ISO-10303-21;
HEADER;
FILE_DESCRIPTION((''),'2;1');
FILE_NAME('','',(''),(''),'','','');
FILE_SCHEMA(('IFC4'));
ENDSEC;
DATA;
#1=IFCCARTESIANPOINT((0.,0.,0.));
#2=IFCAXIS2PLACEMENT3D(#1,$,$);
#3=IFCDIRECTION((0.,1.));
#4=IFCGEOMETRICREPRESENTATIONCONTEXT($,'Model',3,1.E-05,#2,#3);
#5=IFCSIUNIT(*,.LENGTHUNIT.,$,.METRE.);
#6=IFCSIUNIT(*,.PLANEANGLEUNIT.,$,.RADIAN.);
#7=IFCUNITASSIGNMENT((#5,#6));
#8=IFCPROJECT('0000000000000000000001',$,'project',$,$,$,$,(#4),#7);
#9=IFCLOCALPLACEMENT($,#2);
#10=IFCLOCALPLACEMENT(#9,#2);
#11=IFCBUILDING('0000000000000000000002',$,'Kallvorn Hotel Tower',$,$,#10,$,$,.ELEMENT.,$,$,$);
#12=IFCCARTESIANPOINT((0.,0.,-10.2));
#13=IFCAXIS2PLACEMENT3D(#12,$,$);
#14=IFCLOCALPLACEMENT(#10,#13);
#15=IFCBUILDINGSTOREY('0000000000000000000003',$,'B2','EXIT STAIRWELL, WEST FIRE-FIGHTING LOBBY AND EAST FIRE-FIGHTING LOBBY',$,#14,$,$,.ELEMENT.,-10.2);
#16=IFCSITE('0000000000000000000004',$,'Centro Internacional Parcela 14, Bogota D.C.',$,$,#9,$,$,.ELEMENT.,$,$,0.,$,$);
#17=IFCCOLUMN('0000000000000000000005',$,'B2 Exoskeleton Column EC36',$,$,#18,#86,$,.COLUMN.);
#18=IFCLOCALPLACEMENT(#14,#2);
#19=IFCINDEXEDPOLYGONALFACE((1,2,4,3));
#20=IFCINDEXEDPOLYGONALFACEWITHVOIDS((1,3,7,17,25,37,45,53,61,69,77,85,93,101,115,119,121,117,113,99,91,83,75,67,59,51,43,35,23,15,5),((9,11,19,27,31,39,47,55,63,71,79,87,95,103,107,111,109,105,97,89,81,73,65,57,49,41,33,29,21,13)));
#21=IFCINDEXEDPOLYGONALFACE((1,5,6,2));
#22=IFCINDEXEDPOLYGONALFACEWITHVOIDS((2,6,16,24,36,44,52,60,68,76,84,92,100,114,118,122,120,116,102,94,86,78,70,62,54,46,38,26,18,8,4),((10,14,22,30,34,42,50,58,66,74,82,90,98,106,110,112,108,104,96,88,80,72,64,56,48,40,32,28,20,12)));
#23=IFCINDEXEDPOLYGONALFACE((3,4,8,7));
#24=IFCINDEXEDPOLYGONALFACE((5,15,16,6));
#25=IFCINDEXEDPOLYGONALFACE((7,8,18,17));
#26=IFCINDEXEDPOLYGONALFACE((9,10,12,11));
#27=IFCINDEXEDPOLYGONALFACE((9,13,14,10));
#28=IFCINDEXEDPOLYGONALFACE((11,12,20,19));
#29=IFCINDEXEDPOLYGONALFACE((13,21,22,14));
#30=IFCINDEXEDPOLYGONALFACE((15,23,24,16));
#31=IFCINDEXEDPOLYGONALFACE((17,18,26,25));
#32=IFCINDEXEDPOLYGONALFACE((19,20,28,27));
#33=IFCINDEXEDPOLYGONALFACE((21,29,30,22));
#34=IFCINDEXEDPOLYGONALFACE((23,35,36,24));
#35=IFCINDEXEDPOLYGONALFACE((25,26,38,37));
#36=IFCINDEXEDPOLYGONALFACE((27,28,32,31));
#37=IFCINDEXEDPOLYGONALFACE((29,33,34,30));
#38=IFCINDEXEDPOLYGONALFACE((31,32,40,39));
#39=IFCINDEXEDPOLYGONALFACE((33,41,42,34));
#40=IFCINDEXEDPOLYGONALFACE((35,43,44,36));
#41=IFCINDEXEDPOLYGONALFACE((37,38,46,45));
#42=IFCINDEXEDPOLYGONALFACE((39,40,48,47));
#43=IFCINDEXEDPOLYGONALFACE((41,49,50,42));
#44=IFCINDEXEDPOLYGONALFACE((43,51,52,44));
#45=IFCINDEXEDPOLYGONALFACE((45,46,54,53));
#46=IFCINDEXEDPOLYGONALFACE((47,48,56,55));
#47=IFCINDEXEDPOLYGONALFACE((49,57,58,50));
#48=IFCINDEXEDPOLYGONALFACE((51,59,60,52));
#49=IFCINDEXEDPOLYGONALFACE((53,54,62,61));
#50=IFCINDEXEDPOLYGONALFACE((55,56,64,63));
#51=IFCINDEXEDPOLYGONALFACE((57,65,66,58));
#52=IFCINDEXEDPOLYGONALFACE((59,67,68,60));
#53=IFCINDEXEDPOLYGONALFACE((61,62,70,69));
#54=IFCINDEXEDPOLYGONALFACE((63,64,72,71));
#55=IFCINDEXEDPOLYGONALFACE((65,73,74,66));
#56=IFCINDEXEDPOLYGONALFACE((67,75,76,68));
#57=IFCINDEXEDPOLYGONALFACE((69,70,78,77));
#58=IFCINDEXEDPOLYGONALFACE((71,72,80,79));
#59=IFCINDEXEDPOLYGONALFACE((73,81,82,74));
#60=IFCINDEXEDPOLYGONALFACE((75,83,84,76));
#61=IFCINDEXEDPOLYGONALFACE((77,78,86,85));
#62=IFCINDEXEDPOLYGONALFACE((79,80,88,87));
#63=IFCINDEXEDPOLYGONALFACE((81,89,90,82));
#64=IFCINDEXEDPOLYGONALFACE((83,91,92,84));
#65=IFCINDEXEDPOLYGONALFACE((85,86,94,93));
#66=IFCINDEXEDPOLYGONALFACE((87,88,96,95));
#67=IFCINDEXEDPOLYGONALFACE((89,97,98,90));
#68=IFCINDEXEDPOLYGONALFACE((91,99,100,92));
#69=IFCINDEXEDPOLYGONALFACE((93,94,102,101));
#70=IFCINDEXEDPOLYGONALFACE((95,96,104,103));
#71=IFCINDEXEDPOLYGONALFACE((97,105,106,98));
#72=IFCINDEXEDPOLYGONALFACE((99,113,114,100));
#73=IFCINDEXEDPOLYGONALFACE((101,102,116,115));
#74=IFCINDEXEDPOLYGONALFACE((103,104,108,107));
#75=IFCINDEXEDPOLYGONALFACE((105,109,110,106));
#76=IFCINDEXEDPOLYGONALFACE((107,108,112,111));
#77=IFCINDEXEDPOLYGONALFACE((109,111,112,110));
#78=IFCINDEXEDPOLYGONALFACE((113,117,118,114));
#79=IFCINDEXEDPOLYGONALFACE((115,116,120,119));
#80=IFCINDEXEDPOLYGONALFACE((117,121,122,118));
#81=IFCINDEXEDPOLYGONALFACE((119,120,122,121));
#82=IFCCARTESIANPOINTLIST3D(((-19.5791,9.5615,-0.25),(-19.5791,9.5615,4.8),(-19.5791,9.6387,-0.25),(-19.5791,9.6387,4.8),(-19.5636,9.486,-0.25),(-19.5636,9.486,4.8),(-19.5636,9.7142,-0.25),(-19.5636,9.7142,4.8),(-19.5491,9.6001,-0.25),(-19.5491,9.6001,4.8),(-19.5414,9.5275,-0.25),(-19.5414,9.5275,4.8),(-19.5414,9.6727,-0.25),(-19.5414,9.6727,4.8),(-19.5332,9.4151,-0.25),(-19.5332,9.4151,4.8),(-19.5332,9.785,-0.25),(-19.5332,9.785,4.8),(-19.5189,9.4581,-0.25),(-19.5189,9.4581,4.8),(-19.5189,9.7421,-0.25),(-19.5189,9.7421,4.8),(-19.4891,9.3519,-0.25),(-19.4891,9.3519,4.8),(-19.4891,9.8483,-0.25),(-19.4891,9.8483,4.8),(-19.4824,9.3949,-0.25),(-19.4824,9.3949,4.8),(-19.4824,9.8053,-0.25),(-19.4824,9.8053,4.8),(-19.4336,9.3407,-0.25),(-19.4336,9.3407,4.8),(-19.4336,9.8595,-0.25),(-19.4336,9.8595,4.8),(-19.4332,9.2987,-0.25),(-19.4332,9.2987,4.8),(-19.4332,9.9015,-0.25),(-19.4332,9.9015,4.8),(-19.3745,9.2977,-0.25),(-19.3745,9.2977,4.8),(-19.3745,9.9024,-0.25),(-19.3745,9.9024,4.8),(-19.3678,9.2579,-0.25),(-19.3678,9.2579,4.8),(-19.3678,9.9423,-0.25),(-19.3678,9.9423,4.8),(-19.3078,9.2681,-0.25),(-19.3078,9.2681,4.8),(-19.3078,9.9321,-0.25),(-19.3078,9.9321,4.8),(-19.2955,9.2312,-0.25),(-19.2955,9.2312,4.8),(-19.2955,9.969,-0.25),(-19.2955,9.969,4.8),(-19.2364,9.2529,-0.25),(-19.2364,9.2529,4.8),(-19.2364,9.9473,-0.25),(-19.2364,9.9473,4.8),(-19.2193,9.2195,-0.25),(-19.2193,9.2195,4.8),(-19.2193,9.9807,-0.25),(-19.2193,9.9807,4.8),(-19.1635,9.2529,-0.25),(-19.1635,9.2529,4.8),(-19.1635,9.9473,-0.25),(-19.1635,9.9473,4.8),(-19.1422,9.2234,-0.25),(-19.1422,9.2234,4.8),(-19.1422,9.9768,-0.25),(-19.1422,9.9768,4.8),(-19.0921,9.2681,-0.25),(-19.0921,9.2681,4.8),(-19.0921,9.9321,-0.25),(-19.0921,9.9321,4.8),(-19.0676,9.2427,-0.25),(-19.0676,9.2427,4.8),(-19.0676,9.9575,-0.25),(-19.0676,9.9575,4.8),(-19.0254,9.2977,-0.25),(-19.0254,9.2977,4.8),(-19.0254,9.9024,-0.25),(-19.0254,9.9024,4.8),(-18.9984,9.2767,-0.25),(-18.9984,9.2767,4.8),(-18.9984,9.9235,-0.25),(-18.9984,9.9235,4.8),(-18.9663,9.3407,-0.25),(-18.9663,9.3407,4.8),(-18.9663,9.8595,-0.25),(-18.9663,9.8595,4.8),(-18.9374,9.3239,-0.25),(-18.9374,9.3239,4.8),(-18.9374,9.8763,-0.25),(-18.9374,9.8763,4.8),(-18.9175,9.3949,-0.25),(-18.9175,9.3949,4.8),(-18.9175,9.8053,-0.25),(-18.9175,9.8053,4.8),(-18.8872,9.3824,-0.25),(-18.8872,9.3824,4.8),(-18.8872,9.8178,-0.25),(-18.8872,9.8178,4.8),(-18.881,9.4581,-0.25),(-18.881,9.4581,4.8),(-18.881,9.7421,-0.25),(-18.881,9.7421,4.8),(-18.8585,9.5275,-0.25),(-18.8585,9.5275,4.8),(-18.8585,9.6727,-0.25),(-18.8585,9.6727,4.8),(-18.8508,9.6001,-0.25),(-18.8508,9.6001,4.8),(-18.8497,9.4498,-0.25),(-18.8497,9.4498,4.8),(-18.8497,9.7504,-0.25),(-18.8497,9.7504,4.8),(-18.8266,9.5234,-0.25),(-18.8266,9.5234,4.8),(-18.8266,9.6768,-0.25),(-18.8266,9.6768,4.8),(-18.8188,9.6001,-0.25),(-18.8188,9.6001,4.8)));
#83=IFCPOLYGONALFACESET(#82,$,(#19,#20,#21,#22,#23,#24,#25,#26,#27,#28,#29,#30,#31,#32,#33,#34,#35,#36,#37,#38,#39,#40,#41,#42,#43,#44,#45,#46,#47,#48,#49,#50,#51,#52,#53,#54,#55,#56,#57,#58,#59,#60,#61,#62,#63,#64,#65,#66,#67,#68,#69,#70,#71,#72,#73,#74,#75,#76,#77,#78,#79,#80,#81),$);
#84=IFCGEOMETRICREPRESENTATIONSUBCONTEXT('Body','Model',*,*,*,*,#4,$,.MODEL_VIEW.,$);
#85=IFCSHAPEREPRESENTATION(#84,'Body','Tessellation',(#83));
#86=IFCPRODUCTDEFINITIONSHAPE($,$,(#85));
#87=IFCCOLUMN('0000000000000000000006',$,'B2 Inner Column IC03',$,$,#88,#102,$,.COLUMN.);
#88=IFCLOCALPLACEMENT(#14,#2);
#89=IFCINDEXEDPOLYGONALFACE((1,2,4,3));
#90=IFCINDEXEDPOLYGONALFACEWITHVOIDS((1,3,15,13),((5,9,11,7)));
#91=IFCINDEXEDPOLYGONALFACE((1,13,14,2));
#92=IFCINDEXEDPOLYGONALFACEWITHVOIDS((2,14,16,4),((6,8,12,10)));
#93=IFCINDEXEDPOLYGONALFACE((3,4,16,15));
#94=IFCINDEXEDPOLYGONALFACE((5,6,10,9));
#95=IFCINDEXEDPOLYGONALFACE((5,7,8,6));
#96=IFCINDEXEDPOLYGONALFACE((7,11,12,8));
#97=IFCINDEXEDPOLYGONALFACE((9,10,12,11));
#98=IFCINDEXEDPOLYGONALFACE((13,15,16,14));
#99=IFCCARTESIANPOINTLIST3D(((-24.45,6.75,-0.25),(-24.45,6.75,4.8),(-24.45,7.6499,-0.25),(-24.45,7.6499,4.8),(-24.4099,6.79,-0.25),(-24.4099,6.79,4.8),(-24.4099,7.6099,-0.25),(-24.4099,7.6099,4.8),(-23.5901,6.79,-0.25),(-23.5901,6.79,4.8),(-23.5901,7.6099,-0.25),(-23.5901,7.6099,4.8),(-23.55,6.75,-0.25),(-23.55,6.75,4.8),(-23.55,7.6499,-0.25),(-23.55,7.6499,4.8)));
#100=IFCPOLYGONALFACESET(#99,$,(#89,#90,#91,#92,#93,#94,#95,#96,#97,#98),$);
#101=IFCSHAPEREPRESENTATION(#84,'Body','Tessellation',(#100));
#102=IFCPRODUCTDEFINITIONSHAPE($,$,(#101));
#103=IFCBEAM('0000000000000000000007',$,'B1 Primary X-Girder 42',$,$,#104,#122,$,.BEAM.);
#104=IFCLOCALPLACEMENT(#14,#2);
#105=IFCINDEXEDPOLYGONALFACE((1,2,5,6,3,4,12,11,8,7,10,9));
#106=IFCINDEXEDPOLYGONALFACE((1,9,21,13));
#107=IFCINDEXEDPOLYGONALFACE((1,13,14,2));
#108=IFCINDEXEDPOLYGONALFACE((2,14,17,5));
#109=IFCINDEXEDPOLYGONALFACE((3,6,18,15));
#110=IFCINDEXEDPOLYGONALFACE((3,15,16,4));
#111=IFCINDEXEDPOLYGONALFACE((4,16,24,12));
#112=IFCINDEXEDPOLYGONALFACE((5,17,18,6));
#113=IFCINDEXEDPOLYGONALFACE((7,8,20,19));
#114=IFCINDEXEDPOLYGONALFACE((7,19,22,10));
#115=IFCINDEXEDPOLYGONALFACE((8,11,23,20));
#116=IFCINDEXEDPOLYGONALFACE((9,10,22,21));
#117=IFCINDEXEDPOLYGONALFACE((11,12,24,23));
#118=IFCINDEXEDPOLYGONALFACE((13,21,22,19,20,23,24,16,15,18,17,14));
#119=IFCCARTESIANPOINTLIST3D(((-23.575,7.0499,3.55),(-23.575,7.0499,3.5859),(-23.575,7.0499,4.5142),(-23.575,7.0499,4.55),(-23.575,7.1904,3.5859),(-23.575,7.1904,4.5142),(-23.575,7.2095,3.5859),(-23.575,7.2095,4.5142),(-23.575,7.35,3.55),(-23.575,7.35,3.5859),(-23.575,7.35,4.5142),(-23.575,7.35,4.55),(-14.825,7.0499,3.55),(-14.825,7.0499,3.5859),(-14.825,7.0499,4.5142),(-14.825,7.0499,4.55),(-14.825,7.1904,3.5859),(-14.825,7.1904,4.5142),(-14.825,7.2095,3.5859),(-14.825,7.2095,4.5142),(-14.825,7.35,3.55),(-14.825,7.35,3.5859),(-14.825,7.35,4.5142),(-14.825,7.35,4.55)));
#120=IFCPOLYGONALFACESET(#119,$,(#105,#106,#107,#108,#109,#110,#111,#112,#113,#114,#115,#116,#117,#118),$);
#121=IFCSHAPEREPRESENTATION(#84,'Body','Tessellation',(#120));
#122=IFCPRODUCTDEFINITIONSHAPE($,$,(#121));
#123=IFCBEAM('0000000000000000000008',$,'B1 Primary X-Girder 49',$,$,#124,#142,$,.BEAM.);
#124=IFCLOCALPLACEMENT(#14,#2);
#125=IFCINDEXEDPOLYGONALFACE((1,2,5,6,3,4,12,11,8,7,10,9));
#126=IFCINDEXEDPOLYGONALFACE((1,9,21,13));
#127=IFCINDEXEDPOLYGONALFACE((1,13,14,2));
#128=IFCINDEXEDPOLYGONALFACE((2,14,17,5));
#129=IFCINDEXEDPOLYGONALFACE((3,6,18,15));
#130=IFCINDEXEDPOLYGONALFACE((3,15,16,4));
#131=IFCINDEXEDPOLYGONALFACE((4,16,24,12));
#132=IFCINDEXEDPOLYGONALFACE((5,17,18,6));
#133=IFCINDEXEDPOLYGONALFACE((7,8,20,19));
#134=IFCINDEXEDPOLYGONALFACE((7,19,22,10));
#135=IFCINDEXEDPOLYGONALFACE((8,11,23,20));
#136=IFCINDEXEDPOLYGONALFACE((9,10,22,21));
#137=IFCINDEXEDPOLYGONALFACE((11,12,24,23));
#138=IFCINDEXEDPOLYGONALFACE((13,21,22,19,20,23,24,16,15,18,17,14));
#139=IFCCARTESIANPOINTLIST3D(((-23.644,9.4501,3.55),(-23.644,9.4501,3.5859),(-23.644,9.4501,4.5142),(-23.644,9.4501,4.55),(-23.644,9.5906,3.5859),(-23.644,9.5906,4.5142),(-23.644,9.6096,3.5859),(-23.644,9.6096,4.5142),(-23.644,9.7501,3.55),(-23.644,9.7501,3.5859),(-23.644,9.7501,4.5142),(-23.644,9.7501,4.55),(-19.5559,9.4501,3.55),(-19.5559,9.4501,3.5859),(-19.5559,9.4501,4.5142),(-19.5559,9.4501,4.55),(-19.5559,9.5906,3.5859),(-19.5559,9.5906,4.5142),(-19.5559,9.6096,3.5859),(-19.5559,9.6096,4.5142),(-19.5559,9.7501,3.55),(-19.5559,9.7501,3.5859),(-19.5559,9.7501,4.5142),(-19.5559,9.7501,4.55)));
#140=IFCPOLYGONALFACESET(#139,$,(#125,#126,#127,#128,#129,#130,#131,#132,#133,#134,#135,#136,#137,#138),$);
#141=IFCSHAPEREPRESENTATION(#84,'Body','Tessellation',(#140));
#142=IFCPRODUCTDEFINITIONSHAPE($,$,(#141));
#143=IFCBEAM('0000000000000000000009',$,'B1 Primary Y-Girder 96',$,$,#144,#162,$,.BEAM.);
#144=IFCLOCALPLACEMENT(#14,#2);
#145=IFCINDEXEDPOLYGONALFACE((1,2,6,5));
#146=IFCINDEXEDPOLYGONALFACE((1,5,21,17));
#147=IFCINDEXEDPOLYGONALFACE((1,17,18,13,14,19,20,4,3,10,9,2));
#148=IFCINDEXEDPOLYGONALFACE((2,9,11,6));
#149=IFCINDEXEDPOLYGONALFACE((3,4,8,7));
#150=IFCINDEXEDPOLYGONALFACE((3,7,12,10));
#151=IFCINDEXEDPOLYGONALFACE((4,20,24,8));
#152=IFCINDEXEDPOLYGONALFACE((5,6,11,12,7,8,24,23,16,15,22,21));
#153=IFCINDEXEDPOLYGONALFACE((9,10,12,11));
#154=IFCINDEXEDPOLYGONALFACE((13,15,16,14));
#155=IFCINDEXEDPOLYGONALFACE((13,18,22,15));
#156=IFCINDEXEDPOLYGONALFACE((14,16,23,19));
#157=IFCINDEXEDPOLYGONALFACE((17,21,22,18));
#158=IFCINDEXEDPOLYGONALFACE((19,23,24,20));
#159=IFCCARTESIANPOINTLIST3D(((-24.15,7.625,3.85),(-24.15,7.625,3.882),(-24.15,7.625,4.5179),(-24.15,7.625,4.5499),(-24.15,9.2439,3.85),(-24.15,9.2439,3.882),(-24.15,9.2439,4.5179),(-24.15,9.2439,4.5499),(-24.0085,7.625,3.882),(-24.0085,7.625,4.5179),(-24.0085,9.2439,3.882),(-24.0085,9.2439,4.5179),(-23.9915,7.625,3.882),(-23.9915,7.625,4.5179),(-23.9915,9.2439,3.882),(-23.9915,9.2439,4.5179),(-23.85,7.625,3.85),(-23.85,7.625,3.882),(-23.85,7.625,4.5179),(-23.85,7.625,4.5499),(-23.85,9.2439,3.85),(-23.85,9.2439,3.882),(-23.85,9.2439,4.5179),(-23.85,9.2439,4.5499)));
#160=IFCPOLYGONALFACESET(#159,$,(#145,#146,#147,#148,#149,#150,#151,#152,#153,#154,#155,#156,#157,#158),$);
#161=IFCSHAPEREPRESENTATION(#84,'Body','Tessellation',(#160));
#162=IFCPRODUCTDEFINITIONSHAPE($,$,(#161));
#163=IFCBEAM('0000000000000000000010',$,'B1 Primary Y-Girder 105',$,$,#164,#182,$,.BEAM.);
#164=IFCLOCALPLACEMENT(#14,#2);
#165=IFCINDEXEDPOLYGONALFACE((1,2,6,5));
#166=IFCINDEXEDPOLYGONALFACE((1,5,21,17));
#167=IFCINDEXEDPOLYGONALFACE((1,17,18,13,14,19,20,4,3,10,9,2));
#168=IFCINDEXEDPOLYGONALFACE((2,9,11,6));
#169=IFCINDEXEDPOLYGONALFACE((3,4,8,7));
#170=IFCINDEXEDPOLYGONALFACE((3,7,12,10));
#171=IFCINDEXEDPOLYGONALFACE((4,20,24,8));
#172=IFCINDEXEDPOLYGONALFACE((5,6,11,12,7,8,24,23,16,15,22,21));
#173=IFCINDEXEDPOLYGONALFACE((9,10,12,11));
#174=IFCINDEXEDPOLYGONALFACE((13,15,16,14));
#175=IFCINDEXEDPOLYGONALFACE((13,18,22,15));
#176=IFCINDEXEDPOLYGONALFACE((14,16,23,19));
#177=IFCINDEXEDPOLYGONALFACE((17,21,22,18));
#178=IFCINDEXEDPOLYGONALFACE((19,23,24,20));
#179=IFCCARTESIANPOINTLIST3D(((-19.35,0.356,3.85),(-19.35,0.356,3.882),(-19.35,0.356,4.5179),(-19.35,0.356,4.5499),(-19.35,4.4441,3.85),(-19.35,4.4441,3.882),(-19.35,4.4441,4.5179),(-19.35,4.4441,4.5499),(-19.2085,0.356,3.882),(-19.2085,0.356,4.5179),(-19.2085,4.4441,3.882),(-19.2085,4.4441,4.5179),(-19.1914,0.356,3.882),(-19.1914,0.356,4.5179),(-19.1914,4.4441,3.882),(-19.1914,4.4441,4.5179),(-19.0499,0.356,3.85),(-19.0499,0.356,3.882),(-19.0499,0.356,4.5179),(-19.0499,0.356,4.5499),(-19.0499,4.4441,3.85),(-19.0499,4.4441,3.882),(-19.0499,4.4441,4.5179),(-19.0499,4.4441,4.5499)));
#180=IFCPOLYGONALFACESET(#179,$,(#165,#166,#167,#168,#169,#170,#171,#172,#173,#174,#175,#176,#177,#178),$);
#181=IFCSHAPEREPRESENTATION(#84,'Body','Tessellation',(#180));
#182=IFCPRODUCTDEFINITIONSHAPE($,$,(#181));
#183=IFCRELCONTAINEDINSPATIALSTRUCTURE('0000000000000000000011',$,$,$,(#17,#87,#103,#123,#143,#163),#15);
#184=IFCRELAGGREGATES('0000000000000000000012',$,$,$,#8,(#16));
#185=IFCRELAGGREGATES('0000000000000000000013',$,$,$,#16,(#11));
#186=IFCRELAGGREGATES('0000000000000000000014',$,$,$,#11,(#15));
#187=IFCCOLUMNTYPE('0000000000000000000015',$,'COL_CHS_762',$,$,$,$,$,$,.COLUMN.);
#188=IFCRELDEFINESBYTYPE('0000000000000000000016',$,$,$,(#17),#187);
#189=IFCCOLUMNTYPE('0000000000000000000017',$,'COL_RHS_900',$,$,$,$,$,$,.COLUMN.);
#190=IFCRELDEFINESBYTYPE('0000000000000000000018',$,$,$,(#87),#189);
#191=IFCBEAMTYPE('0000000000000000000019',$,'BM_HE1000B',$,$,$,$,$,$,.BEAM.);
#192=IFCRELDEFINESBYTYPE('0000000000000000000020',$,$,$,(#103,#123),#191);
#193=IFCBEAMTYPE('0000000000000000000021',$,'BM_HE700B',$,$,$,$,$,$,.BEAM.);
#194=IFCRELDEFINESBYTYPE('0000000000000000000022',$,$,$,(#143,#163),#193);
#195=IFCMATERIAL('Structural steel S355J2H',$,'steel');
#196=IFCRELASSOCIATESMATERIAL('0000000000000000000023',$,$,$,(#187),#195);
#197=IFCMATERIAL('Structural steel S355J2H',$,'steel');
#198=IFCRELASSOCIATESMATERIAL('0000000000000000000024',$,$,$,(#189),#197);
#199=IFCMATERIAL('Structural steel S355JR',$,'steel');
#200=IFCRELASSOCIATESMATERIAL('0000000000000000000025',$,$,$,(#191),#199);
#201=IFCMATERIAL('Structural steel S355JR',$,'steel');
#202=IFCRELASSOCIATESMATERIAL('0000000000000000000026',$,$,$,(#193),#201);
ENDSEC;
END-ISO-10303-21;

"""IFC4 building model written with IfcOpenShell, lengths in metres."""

from ifc_helpers import new_model, si_unit, direction, frame, origin, origin_2d, place, context, subcontext, project, spatial, hollow_rectangle, hollow_circle, i_section, extrude, material, material_profile, profile_set, type_object, element, save


model = new_model("IFC4")

# Units and contexts
model_context = context("Model", 3, precision=1e-05, world=origin(), true_north=direction((0.0, 1.0)))
body_context = subcontext(model_context, "Body", "Model", "MODEL_VIEW")
ifc_project = project(units=[si_unit("LENGTHUNIT", "METRE"), si_unit("PLANEANGLEUNIT", "RADIAN")], contexts=[model_context])

# Site, building, storey
site_placement = place(None, origin())
site = spatial("IfcSite", under=ifc_project, at=site_placement, Name="Centro Internacional Parcela 14, Bogota D.C.", CompositionType="ELEMENT", RefElevation=0.0)
building_placement = place(site_placement, origin())
building = spatial("IfcBuilding", under=site, at=building_placement, Name="Kallvorn Hotel Tower", CompositionType="ELEMENT")
storey_placement = place(building_placement, frame((0.0, 0.0, -10.2)))
storey = spatial("IfcBuildingStorey", under=building, at=storey_placement, Name="B2", Description="EXIT STAIRWELL, WEST FIRE-FIGHTING LOBBY AND EAST FIRE-FIGHTING LOBBY", CompositionType="ELEMENT", Elevation=-10.2)

# Columns
ifc_material_1 = material(Name="Structural steel S355J2H", Category="steel")
ifc_material_profile_1 = material_profile(ifc_material_1, hollow_circle(Radius=0.3811, WallThickness=0.032, at=origin_2d()), Name="CHS 762x32")
ifc_profile_set_1 = profile_set([ifc_material_profile_1], Name="Structural steel S355J2H")
column_type_1 = type_object("IfcColumnType", Name="COL_CHS_762", PredefinedType="COLUMN", material=ifc_profile_set_1)
for number, where, z_axis, x_axis, name in (
    (1, (-19.2, 9.6001, -0.25), (0.0, 0.0, 1.0), (1.0, 0.0, 0.0), "B2 Exoskeleton Column EC36"),
):
    element("IfcColumn", number, at=place(storey_placement, frame(where, z_axis=z_axis, x_axis=x_axis)), inside=storey, type_object=column_type_1, Name=name, PredefinedType="COLUMN", context=body_context, shape_type="SweptSolid", body=[
        extrude(hollow_circle(Radius=0.3811, WallThickness=0.032, at=origin_2d()), origin(), (0.0, 0.0, 1.0), 5.05),
    ])
ifc_material_2 = material(Name="Structural steel S355J2H", Category="steel")
ifc_material_profile_2 = material_profile(ifc_material_2, hollow_rectangle(XDim=0.8999, YDim=0.8999, WallThickness=0.04, at=origin_2d()), Name="RHS 900x900x40")
ifc_profile_set_2 = profile_set([ifc_material_profile_2], Name="Structural steel S355J2H")
column_type_2 = type_object("IfcColumnType", Name="COL_RHS_900", PredefinedType="COLUMN", material=ifc_profile_set_2)
column_placement = place(storey_placement, frame((-24.0, 7.2, -0.25), z_axis=(0.0, 0.0, 1.0), x_axis=(1.0, 0.0, 0.0)))
element("IfcColumn", 2, at=column_placement, inside=storey, type_object=column_type_2, Name="B2 Inner Column IC03", PredefinedType="COLUMN", context=body_context, shape_type="SweptSolid", body=[
    extrude(hollow_rectangle(XDim=0.8999, YDim=0.8999, WallThickness=0.04, at=origin_2d()), origin(), (0.0, 0.0, 1.0), 5.05),
])

# Beams
ifc_material_3 = material(Name="Structural steel S355JR", Category="steel")
ifc_material_profile_3 = material_profile(ifc_material_3, i_section(OverallWidth=0.3, OverallDepth=1.0, WebThickness=0.019, FlangeThickness=0.0359, at=origin_2d()), Name="HE 1000 B")
ifc_profile_set_3 = profile_set([ifc_material_profile_3], Name="Structural steel S355JR")
beam_type_1 = type_object("IfcBeamType", Name="BM_HE1000B", PredefinedType="BEAM", material=ifc_profile_set_3)
beam_1_placement = place(storey_placement, frame((-23.575, 7.2, 4.05), z_axis=(1.0, 0.0, 0.0), x_axis=(0.0, 1.0, 0.0)))
element("IfcBeam", 3, at=beam_1_placement, inside=storey, type_object=beam_type_1, Name="B1 Primary X-Girder 42", PredefinedType="BEAM", context=body_context, shape_type="SweptSolid", body=[
    extrude(i_section(OverallWidth=0.3, OverallDepth=1.0, WebThickness=0.019, FlangeThickness=0.0359, at=origin_2d()), origin(), (0.0, 0.0, 1.0), 8.75),
])
beam_2_placement = place(storey_placement, frame((-23.644, 9.6001, 4.05), z_axis=(1.0, 0.0, 0.0), x_axis=(0.0, 1.0, 0.0)))
element("IfcBeam", 4, at=beam_2_placement, inside=storey, type_object=beam_type_1, Name="B1 Primary X-Girder 49", PredefinedType="BEAM", context=body_context, shape_type="SweptSolid", body=[
    extrude(i_section(OverallWidth=0.3, OverallDepth=1.0, WebThickness=0.019, FlangeThickness=0.0359, at=origin_2d()), origin(), (0.0, 0.0, 1.0), 4.0881),
])
ifc_material_4 = material(Name="Structural steel S355JR", Category="steel")
ifc_material_profile_4 = material_profile(ifc_material_4, i_section(OverallWidth=0.3, OverallDepth=0.7, WebThickness=0.0171, FlangeThickness=0.032, at=origin_2d()), Name="HE 700 B")
ifc_profile_set_4 = profile_set([ifc_material_profile_4], Name="Structural steel S355JR")
beam_type_2 = type_object("IfcBeamType", Name="BM_HE700B", PredefinedType="BEAM", material=ifc_profile_set_4)
beam_3_placement = place(storey_placement, frame((-24.0, 7.625, 4.2), z_axis=(0.0, 1.0, 0.0), x_axis=(-1.0, 0.0, 0.0)))
element("IfcBeam", 5, at=beam_3_placement, inside=storey, type_object=beam_type_2, Name="B1 Primary Y-Girder 96", PredefinedType="BEAM", context=body_context, shape_type="SweptSolid", body=[
    extrude(i_section(OverallWidth=0.3, OverallDepth=0.7, WebThickness=0.0171, FlangeThickness=0.032, at=origin_2d()), origin(), (0.0, 0.0, 1.0), 1.6189),
])
beam_4_placement = place(storey_placement, frame((-19.2, 0.356, 4.2), z_axis=(0.0, 1.0, 0.0), x_axis=(-1.0, 0.0, 0.0)))
element("IfcBeam", 6, at=beam_4_placement, inside=storey, type_object=beam_type_2, Name="B1 Primary Y-Girder 105", PredefinedType="BEAM", context=body_context, shape_type="SweptSolid", body=[
    extrude(i_section(OverallWidth=0.3, OverallDepth=0.7, WebThickness=0.0171, FlangeThickness=0.032, at=origin_2d()), origin(), (0.0, 0.0, 1.0), 4.0881),
])

save(model, "model.ifc")
